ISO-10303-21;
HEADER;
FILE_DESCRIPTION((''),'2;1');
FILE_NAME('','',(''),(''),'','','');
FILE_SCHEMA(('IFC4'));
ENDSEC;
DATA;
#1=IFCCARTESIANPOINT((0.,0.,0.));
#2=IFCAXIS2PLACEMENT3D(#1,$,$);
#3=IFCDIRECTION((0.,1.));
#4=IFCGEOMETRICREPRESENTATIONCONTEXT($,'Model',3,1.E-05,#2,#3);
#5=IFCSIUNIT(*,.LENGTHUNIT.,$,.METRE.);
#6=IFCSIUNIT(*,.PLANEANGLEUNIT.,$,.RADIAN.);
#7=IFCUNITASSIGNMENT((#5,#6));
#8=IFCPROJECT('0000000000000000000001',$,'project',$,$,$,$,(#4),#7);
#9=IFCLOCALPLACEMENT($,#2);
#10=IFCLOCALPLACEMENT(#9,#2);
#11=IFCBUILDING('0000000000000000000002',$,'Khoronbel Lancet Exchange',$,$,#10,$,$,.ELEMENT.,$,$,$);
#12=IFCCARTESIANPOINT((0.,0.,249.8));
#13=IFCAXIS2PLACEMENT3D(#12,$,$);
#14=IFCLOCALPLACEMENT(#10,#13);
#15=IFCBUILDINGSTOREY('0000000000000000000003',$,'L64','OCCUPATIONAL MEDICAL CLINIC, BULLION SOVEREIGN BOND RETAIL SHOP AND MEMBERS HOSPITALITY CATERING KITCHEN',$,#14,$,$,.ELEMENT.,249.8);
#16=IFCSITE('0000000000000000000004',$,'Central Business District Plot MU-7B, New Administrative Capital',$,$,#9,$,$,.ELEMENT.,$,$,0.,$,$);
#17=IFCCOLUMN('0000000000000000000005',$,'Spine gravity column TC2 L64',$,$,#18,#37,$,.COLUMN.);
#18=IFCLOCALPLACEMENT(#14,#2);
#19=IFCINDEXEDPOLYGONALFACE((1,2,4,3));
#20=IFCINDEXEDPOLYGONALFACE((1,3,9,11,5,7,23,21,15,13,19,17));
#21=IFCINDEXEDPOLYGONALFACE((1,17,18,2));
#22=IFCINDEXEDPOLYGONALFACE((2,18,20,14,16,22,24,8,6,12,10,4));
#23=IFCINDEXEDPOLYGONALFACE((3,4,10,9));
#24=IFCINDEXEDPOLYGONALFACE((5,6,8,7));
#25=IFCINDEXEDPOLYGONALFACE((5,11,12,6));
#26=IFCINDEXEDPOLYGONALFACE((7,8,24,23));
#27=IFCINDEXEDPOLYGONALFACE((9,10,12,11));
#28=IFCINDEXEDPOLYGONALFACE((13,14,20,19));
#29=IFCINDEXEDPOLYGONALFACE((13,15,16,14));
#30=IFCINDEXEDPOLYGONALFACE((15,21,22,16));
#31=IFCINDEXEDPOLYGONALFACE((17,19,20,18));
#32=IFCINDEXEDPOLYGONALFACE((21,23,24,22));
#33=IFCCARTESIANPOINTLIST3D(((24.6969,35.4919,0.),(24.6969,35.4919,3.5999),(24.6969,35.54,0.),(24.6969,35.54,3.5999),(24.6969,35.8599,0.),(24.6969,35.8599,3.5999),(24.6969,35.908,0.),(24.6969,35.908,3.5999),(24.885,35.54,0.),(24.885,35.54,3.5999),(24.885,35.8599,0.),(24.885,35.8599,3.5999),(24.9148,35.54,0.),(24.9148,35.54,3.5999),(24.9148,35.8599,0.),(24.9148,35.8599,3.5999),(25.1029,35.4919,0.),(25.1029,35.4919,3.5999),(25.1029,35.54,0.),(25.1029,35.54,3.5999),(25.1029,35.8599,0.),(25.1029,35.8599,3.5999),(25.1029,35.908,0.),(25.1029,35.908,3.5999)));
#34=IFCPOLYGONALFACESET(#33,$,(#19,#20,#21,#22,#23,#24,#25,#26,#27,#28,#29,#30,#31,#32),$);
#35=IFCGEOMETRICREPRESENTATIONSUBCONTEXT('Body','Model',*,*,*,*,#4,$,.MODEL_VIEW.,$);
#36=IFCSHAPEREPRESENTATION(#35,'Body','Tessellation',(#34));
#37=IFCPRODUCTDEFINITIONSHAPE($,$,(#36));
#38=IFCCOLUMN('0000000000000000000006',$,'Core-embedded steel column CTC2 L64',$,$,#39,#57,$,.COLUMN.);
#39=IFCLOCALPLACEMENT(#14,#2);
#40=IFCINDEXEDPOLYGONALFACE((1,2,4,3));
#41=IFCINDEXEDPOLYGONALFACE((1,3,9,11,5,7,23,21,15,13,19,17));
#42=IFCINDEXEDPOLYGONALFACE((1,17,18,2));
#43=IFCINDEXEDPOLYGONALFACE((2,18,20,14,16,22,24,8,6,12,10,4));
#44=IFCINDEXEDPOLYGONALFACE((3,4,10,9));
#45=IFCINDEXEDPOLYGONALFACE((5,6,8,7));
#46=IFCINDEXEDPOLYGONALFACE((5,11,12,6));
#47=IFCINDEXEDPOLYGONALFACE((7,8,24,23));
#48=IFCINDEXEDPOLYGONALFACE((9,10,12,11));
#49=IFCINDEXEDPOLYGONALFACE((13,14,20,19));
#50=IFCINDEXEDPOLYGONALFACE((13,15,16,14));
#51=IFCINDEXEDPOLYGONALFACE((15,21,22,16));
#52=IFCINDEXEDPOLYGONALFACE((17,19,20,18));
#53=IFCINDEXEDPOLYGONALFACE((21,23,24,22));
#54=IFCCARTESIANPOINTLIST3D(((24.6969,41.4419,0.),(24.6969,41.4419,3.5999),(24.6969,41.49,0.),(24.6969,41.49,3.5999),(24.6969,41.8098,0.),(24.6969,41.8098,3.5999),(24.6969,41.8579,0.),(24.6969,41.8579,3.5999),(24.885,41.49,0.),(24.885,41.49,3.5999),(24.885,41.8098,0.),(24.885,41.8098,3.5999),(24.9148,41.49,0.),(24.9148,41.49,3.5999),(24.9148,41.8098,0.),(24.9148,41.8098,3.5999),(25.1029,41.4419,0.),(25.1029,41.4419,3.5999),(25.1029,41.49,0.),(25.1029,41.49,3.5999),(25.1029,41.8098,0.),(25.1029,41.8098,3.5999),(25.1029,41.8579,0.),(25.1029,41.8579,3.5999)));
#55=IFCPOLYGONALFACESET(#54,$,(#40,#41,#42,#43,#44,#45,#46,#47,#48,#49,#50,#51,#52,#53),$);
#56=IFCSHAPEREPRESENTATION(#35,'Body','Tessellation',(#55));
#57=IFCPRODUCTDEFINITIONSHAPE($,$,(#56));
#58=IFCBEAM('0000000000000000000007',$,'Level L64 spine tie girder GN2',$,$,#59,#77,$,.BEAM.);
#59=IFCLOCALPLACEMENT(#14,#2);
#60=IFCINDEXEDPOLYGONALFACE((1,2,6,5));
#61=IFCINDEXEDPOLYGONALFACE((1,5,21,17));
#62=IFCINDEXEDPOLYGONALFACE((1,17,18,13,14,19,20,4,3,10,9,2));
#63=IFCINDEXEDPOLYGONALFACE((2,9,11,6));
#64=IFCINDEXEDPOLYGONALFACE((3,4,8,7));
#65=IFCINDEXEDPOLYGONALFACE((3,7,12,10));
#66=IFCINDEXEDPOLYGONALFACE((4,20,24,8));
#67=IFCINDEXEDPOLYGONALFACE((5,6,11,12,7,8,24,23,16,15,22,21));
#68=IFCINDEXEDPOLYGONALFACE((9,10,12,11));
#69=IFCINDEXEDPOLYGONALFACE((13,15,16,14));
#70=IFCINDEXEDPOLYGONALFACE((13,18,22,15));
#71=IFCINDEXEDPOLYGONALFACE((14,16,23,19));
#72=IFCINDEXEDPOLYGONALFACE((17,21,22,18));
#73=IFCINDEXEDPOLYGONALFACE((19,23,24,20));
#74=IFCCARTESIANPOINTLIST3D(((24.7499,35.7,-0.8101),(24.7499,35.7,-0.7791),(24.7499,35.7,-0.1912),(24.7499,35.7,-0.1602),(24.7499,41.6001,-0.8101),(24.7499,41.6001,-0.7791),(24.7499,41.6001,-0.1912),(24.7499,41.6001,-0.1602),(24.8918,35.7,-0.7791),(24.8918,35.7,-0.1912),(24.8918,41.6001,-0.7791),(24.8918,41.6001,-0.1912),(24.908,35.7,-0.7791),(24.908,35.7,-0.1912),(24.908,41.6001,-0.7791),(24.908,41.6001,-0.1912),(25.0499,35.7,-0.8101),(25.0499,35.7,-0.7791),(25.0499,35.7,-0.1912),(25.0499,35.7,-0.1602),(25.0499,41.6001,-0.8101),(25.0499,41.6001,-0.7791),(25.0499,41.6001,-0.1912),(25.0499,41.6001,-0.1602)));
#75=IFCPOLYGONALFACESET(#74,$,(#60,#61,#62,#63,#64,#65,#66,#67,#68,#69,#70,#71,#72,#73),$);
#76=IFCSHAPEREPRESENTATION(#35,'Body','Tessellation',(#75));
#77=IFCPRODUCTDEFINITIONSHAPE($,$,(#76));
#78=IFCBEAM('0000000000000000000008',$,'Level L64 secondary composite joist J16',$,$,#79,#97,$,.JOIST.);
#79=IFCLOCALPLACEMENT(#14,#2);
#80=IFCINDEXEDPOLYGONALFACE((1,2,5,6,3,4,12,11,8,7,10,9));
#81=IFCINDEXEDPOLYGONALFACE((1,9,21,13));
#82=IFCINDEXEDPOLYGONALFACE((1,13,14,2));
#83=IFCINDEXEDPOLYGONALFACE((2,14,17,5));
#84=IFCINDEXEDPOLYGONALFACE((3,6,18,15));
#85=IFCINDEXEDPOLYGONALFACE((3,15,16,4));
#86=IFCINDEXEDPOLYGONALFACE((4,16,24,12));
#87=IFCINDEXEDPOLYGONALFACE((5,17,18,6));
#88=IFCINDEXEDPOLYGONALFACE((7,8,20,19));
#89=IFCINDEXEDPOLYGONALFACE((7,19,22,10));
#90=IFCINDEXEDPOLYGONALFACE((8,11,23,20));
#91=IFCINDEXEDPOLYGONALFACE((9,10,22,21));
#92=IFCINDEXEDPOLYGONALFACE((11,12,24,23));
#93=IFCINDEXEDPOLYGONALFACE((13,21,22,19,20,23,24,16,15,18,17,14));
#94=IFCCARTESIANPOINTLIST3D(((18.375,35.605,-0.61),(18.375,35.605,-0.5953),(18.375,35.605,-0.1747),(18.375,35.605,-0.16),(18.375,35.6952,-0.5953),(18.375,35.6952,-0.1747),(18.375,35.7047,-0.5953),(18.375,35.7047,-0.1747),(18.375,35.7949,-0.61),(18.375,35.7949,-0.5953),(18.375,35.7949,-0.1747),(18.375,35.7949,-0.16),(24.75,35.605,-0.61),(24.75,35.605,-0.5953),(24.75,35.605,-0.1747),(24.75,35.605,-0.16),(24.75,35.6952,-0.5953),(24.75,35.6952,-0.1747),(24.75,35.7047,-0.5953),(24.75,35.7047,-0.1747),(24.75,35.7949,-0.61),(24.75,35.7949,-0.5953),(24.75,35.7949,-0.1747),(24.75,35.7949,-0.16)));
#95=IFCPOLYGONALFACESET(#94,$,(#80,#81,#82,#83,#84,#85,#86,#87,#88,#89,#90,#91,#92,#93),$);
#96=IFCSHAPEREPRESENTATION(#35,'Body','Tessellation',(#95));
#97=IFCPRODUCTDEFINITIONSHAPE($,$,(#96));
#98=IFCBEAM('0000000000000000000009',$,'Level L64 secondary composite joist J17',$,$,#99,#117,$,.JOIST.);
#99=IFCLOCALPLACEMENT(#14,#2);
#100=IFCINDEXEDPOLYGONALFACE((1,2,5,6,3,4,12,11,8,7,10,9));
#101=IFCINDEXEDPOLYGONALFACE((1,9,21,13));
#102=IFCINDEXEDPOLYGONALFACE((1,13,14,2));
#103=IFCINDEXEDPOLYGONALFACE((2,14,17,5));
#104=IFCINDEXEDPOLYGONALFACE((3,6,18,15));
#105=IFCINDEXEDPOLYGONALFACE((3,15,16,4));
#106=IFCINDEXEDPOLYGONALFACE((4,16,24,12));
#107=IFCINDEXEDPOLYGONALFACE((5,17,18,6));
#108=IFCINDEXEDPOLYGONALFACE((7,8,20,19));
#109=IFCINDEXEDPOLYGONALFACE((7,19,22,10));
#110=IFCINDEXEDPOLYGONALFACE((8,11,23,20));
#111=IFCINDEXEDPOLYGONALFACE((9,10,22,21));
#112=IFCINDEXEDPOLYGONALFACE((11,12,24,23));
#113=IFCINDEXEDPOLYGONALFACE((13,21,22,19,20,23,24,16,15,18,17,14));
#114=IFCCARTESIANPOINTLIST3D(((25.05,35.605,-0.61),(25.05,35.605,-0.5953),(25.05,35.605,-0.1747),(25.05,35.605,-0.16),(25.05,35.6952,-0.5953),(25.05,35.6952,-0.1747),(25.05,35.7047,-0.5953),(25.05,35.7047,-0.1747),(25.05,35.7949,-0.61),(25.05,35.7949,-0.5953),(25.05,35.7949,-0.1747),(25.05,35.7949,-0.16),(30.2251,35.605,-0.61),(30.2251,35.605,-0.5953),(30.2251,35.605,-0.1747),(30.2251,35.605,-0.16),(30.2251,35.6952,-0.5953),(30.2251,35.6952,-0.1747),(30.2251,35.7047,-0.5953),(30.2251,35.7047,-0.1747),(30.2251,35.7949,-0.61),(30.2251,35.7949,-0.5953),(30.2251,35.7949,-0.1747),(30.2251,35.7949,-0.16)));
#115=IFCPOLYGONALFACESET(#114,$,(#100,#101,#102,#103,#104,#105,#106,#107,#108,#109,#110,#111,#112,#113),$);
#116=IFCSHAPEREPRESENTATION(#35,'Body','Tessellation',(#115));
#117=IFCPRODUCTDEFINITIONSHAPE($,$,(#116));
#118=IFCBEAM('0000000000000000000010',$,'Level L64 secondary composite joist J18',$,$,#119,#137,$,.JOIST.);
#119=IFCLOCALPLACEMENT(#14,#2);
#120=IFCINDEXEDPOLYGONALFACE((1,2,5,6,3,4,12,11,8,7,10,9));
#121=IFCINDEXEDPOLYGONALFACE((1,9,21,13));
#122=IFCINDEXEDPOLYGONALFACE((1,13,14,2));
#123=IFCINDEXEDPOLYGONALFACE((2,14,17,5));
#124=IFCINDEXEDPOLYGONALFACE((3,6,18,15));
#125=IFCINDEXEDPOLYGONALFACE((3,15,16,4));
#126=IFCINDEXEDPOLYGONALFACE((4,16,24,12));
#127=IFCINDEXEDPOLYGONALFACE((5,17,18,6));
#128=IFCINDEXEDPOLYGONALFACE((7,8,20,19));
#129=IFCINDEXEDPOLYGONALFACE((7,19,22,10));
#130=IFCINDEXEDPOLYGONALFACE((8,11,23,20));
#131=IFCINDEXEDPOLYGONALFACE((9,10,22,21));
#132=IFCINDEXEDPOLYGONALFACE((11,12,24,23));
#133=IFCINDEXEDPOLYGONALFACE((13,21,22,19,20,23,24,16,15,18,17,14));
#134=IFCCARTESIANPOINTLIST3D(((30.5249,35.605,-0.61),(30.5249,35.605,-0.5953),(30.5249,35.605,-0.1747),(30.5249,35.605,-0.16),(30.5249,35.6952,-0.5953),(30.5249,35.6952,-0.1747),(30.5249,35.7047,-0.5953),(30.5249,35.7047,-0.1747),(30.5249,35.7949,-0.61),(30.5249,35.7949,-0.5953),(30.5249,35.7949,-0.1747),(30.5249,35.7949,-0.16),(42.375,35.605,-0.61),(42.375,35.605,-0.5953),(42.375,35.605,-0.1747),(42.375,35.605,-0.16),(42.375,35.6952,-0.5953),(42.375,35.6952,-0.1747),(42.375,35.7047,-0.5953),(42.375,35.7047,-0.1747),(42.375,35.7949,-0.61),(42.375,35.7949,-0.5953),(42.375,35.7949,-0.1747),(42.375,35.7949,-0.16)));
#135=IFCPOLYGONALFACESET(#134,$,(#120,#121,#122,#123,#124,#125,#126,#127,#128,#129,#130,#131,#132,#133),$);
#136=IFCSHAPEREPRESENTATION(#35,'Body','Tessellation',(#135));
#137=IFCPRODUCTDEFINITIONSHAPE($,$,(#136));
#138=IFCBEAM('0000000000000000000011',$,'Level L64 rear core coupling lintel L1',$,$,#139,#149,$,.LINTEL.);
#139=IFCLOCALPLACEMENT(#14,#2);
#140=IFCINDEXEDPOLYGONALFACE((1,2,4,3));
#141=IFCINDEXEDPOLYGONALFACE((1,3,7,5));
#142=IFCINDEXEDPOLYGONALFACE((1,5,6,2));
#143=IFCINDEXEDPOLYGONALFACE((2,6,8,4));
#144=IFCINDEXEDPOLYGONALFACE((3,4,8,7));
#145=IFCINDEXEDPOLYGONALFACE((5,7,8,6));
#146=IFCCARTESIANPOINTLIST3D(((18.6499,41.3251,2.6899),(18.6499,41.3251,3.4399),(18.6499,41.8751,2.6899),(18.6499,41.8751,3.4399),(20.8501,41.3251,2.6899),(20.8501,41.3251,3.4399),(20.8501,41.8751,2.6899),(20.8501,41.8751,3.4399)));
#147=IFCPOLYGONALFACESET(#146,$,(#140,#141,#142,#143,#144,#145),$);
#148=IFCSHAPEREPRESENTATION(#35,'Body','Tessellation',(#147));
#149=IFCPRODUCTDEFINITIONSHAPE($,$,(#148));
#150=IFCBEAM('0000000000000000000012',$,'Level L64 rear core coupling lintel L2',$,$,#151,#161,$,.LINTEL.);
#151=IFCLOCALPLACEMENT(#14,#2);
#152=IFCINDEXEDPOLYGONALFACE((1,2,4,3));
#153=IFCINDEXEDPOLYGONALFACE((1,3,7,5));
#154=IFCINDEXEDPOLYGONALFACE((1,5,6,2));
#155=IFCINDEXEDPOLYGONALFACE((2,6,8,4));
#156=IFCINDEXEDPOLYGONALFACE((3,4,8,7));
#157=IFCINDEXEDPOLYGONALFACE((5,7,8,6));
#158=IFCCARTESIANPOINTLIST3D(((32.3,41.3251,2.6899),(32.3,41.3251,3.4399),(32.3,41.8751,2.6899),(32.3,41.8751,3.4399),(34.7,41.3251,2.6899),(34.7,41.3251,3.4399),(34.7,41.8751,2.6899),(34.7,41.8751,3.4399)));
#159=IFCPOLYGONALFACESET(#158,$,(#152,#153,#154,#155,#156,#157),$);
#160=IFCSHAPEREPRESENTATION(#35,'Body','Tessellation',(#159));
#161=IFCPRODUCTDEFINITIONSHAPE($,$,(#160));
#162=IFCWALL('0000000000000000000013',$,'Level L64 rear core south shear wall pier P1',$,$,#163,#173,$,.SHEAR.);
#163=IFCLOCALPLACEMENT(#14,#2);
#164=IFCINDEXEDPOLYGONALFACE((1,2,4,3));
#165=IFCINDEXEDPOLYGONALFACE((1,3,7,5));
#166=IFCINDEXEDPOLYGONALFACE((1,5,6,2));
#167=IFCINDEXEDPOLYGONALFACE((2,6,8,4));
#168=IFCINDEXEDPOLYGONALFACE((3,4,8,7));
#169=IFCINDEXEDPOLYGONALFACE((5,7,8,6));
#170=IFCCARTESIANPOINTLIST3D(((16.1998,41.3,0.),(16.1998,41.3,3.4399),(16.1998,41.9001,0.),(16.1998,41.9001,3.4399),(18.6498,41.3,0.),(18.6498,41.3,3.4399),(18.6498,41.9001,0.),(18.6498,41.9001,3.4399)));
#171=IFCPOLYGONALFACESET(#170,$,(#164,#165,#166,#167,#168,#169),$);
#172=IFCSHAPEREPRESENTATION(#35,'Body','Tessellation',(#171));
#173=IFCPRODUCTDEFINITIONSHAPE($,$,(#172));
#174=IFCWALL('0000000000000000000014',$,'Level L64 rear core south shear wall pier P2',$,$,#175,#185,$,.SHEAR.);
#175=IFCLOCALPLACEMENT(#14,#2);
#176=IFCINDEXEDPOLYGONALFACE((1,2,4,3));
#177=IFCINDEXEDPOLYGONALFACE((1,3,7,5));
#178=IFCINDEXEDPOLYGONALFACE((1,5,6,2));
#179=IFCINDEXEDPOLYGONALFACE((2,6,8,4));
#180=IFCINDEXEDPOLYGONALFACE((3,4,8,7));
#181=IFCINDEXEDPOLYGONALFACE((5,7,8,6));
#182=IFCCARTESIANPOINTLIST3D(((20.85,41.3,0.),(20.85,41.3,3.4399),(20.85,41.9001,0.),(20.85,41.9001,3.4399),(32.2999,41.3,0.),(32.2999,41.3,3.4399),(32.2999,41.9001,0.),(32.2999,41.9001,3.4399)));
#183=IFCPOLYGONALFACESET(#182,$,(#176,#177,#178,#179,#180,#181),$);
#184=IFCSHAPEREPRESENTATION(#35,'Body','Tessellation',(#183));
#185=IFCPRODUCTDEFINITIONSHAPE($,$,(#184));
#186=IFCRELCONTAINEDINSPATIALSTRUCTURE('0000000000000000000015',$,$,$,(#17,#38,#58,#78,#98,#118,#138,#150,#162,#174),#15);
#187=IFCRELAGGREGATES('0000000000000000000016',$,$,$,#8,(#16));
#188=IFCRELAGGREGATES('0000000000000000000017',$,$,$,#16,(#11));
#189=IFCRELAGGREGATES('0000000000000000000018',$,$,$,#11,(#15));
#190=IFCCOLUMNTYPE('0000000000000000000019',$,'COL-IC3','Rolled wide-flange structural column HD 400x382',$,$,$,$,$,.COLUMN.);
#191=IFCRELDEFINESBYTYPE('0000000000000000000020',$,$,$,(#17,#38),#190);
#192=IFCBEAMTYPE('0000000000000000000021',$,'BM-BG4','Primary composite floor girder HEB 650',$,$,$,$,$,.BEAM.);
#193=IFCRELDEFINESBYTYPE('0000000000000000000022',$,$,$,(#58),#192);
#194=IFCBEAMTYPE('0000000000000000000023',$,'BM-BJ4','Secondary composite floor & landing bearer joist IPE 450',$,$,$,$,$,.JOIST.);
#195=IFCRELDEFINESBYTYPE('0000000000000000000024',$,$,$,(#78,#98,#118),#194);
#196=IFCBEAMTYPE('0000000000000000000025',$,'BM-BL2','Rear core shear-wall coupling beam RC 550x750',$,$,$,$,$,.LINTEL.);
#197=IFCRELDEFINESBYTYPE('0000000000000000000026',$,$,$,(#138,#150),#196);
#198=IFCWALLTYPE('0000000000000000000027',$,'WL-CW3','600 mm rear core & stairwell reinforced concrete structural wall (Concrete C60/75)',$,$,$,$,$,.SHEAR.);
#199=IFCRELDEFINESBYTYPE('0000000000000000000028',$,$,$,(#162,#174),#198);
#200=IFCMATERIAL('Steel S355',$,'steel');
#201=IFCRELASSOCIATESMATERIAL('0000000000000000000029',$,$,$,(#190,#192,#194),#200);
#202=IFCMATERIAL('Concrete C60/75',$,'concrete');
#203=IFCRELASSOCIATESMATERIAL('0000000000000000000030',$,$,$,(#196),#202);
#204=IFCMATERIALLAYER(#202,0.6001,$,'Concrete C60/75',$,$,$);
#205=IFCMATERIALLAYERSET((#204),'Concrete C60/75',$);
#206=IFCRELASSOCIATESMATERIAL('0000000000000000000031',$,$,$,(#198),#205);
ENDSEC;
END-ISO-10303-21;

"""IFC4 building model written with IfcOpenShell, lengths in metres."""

from ifc_helpers import new_model, si_unit, direction, frame, frame_2d, origin, origin_2d, place, context, subcontext, project, spatial, rectangle, i_section, extrude, material, layer, layer_set, material_profile, profile_set, type_object, element, save


model = new_model("IFC4")

# Units and contexts
model_context = context("Model", 3, precision=1e-05, world=origin(), true_north=direction((0.0, 1.0)))
body_context = subcontext(model_context, "Body", "Model", "MODEL_VIEW")
ifc_project = project(units=[si_unit("LENGTHUNIT", "METRE"), si_unit("PLANEANGLEUNIT", "RADIAN")], contexts=[model_context])

# Site, building, storey
site_placement = place(None, origin())
site = spatial("IfcSite", under=ifc_project, at=site_placement, Name="Central Business District Plot MU-7B, New Administrative Capital", CompositionType="ELEMENT", RefElevation=0.0)
building_placement = place(site_placement, origin())
building = spatial("IfcBuilding", under=site, at=building_placement, Name="Khoronbel Lancet Exchange", CompositionType="ELEMENT")
storey_placement = place(building_placement, frame((0.0, 0.0, 249.8)))
storey = spatial("IfcBuildingStorey", under=building, at=storey_placement, Name="L64", Description="OCCUPATIONAL MEDICAL CLINIC, BULLION SOVEREIGN BOND RETAIL SHOP AND MEMBERS HOSPITALITY CATERING KITCHEN", CompositionType="ELEMENT", Elevation=249.8)

# Columns
ifc_material_1 = material(Name="Steel S355", Category="steel")
ifc_material_profile_1 = material_profile(ifc_material_1, i_section(OverallWidth=0.406, OverallDepth=0.416, WebThickness=0.0298, FlangeThickness=0.0481, at=origin_2d()), Name="HD 400x382")
ifc_profile_set_1 = profile_set([ifc_material_profile_1], Name="Steel S355")
column_type = type_object("IfcColumnType", Name="COL-IC3", Description="Rolled wide-flange structural column HD 400x382", PredefinedType="COLUMN", material=ifc_profile_set_1)
for number, where, z_axis, x_axis, name in (
    (1, (24.8999, 35.7, 0.0), (0.0, 0.0, 1.0), (1.0, 0.0, 0.0), "Spine gravity column TC2 L64"),
    (2, (24.8999, 41.6499, 0.0), (0.0, 0.0, 1.0), (1.0, 0.0, 0.0), "Core-embedded steel column CTC2 L64"),
):
    element("IfcColumn", number, at=place(storey_placement, frame(where, z_axis=z_axis, x_axis=x_axis)), inside=storey, type_object=column_type, Name=name, PredefinedType="COLUMN", context=body_context, shape_type="SweptSolid", body=[
        extrude(i_section(OverallWidth=0.406, OverallDepth=0.416, WebThickness=0.0298, FlangeThickness=0.0481, at=origin_2d()), origin(), (0.0, 0.0, 1.0), 3.5999),
    ])

# Beams
ifc_material_profile_2 = material_profile(ifc_material_1, i_section(OverallWidth=0.3, OverallDepth=0.6499, WebThickness=0.0161, FlangeThickness=0.031, at=origin_2d()), Name="HEB 650")
ifc_profile_set_2 = profile_set([ifc_material_profile_2], Name="Steel S355")
beam_type_1 = type_object("IfcBeamType", Name="BM-BG4", Description="Primary composite floor girder HEB 650", PredefinedType="BEAM", material=ifc_profile_set_2)
beam_1_placement = place(storey_placement, frame((24.8999, 35.7, -0.4851), z_axis=(0.0, 1.0, 0.0), x_axis=(-1.0, 0.0, 0.0)))
element("IfcBeam", 3, at=beam_1_placement, inside=storey, type_object=beam_type_1, Name="Level L64 spine tie girder GN2", PredefinedType="BEAM", context=body_context, shape_type="SweptSolid", body=[
    extrude(i_section(OverallWidth=0.3, OverallDepth=0.6499, WebThickness=0.0161, FlangeThickness=0.031, at=origin_2d()), origin(), (0.0, 0.0, 1.0), 5.9001),
])
ifc_material_profile_3 = material_profile(ifc_material_1, i_section(OverallWidth=0.1899, OverallDepth=0.45, WebThickness=0.0095, FlangeThickness=0.0146, at=origin_2d()), Name="IPE 450")
ifc_profile_set_3 = profile_set([ifc_material_profile_3], Name="Steel S355")
beam_type_2 = type_object("IfcBeamType", Name="BM-BJ4", Description="Secondary composite floor & landing bearer joist IPE 450", PredefinedType="JOIST", material=ifc_profile_set_3)
beam_2_placement = place(storey_placement, frame((18.375, 35.7, -0.385), z_axis=(1.0, 0.0, 0.0), x_axis=(0.0, 1.0, 0.0)))
element("IfcBeam", 4, at=beam_2_placement, inside=storey, type_object=beam_type_2, Name="Level L64 secondary composite joist J16", PredefinedType="JOIST", context=body_context, shape_type="SweptSolid", body=[
    extrude(i_section(OverallWidth=0.1899, OverallDepth=0.45, WebThickness=0.0095, FlangeThickness=0.0146, at=origin_2d()), origin(), (0.0, 0.0, 1.0), 6.375),
])
beam_3_placement = place(storey_placement, frame((25.05, 35.7, -0.385), z_axis=(1.0, 0.0, 0.0), x_axis=(0.0, 1.0, 0.0)))
element("IfcBeam", 5, at=beam_3_placement, inside=storey, type_object=beam_type_2, Name="Level L64 secondary composite joist J17", PredefinedType="JOIST", context=body_context, shape_type="SweptSolid", body=[
    extrude(i_section(OverallWidth=0.1899, OverallDepth=0.45, WebThickness=0.0095, FlangeThickness=0.0146, at=origin_2d()), origin(), (0.0, 0.0, 1.0), 5.175),
])
beam_4_placement = place(storey_placement, frame((30.5249, 35.7, -0.385), z_axis=(1.0, 0.0, 0.0), x_axis=(0.0, 1.0, 0.0)))
element("IfcBeam", 6, at=beam_4_placement, inside=storey, type_object=beam_type_2, Name="Level L64 secondary composite joist J18", PredefinedType="JOIST", context=body_context, shape_type="SweptSolid", body=[
    extrude(i_section(OverallWidth=0.1899, OverallDepth=0.45, WebThickness=0.0095, FlangeThickness=0.0146, at=origin_2d()), origin(), (0.0, 0.0, 1.0), 11.8501),
])
ifc_material_2 = material(Name="Concrete C60/75", Category="concrete")
ifc_material_profile_4 = material_profile(ifc_material_2, rectangle(XDim=0.55, YDim=0.75, at=origin_2d()), Name="RC 550x750")
ifc_profile_set_4 = profile_set([ifc_material_profile_4], Name="Concrete C60/75")
beam_type_3 = type_object("IfcBeamType", Name="BM-BL2", Description="Rear core shear-wall coupling beam RC 550x750", PredefinedType="LINTEL", material=ifc_profile_set_4)
beam_5_placement = place(storey_placement, frame((18.6499, 41.6001, 3.0649), z_axis=(1.0, 0.0, 0.0), x_axis=(0.0, 1.0, 0.0)))
element("IfcBeam", 7, at=beam_5_placement, inside=storey, type_object=beam_type_3, Name="Level L64 rear core coupling lintel L1", PredefinedType="LINTEL", context=body_context, shape_type="SweptSolid", body=[
    extrude(rectangle(XDim=0.55, YDim=0.75, at=origin_2d()), origin(), (0.0, 0.0, 1.0), 2.2002),
])
beam_6_placement = place(storey_placement, frame((32.3, 41.6001, 3.0649), z_axis=(1.0, 0.0, 0.0), x_axis=(0.0, 1.0, 0.0)))
element("IfcBeam", 8, at=beam_6_placement, inside=storey, type_object=beam_type_3, Name="Level L64 rear core coupling lintel L2", PredefinedType="LINTEL", context=body_context, shape_type="SweptSolid", body=[
    extrude(rectangle(XDim=0.55, YDim=0.75, at=origin_2d()), origin(), (0.0, 0.0, 1.0), 2.3999),
])

# Walls
ifc_layer_1 = layer(ifc_material_2, 0.6001, Name="Concrete C60/75")
ifc_layer_set_1 = layer_set([ifc_layer_1], Name="Concrete C60/75")
wall_type_1 = type_object("IfcWallType", Name="WL-CW3", Description="600 mm rear core & stairwell reinforced concrete structural wall (Concrete C60/75)", PredefinedType="SHEAR", material=ifc_layer_set_1)
wall_1_placement = place(storey_placement, frame((18.6499, 41.6001, 0.0), z_axis=(0.0, 0.0, 1.0), x_axis=(-1.0, 0.0, 0.0)))
element("IfcWall", 9, at=wall_1_placement, inside=storey, type_object=wall_type_1, Name="Level L64 rear core south shear wall pier P1", PredefinedType="SHEAR", context=body_context, shape_type="SweptSolid", body=[
    extrude(rectangle(XDim=2.45, YDim=0.6001, at=frame_2d((1.2251, 0.0))), origin(), (0.0, 0.0, 1.0), 3.4399),
])
wall_2_placement = place(storey_placement, frame((32.3, 41.6001, 0.0), z_axis=(0.0, 0.0, 1.0), x_axis=(-1.0, 0.0, 0.0)))
element("IfcWall", 10, at=wall_2_placement, inside=storey, type_object=wall_type_1, Name="Level L64 rear core south shear wall pier P2", PredefinedType="SHEAR", context=body_context, shape_type="SweptSolid", body=[
    extrude(rectangle(XDim=11.45, YDim=0.6001, at=frame_2d((5.7251, 0.0))), origin(), (0.0, 0.0, 1.0), 3.4399),
])

save(model, "model.ifc")
